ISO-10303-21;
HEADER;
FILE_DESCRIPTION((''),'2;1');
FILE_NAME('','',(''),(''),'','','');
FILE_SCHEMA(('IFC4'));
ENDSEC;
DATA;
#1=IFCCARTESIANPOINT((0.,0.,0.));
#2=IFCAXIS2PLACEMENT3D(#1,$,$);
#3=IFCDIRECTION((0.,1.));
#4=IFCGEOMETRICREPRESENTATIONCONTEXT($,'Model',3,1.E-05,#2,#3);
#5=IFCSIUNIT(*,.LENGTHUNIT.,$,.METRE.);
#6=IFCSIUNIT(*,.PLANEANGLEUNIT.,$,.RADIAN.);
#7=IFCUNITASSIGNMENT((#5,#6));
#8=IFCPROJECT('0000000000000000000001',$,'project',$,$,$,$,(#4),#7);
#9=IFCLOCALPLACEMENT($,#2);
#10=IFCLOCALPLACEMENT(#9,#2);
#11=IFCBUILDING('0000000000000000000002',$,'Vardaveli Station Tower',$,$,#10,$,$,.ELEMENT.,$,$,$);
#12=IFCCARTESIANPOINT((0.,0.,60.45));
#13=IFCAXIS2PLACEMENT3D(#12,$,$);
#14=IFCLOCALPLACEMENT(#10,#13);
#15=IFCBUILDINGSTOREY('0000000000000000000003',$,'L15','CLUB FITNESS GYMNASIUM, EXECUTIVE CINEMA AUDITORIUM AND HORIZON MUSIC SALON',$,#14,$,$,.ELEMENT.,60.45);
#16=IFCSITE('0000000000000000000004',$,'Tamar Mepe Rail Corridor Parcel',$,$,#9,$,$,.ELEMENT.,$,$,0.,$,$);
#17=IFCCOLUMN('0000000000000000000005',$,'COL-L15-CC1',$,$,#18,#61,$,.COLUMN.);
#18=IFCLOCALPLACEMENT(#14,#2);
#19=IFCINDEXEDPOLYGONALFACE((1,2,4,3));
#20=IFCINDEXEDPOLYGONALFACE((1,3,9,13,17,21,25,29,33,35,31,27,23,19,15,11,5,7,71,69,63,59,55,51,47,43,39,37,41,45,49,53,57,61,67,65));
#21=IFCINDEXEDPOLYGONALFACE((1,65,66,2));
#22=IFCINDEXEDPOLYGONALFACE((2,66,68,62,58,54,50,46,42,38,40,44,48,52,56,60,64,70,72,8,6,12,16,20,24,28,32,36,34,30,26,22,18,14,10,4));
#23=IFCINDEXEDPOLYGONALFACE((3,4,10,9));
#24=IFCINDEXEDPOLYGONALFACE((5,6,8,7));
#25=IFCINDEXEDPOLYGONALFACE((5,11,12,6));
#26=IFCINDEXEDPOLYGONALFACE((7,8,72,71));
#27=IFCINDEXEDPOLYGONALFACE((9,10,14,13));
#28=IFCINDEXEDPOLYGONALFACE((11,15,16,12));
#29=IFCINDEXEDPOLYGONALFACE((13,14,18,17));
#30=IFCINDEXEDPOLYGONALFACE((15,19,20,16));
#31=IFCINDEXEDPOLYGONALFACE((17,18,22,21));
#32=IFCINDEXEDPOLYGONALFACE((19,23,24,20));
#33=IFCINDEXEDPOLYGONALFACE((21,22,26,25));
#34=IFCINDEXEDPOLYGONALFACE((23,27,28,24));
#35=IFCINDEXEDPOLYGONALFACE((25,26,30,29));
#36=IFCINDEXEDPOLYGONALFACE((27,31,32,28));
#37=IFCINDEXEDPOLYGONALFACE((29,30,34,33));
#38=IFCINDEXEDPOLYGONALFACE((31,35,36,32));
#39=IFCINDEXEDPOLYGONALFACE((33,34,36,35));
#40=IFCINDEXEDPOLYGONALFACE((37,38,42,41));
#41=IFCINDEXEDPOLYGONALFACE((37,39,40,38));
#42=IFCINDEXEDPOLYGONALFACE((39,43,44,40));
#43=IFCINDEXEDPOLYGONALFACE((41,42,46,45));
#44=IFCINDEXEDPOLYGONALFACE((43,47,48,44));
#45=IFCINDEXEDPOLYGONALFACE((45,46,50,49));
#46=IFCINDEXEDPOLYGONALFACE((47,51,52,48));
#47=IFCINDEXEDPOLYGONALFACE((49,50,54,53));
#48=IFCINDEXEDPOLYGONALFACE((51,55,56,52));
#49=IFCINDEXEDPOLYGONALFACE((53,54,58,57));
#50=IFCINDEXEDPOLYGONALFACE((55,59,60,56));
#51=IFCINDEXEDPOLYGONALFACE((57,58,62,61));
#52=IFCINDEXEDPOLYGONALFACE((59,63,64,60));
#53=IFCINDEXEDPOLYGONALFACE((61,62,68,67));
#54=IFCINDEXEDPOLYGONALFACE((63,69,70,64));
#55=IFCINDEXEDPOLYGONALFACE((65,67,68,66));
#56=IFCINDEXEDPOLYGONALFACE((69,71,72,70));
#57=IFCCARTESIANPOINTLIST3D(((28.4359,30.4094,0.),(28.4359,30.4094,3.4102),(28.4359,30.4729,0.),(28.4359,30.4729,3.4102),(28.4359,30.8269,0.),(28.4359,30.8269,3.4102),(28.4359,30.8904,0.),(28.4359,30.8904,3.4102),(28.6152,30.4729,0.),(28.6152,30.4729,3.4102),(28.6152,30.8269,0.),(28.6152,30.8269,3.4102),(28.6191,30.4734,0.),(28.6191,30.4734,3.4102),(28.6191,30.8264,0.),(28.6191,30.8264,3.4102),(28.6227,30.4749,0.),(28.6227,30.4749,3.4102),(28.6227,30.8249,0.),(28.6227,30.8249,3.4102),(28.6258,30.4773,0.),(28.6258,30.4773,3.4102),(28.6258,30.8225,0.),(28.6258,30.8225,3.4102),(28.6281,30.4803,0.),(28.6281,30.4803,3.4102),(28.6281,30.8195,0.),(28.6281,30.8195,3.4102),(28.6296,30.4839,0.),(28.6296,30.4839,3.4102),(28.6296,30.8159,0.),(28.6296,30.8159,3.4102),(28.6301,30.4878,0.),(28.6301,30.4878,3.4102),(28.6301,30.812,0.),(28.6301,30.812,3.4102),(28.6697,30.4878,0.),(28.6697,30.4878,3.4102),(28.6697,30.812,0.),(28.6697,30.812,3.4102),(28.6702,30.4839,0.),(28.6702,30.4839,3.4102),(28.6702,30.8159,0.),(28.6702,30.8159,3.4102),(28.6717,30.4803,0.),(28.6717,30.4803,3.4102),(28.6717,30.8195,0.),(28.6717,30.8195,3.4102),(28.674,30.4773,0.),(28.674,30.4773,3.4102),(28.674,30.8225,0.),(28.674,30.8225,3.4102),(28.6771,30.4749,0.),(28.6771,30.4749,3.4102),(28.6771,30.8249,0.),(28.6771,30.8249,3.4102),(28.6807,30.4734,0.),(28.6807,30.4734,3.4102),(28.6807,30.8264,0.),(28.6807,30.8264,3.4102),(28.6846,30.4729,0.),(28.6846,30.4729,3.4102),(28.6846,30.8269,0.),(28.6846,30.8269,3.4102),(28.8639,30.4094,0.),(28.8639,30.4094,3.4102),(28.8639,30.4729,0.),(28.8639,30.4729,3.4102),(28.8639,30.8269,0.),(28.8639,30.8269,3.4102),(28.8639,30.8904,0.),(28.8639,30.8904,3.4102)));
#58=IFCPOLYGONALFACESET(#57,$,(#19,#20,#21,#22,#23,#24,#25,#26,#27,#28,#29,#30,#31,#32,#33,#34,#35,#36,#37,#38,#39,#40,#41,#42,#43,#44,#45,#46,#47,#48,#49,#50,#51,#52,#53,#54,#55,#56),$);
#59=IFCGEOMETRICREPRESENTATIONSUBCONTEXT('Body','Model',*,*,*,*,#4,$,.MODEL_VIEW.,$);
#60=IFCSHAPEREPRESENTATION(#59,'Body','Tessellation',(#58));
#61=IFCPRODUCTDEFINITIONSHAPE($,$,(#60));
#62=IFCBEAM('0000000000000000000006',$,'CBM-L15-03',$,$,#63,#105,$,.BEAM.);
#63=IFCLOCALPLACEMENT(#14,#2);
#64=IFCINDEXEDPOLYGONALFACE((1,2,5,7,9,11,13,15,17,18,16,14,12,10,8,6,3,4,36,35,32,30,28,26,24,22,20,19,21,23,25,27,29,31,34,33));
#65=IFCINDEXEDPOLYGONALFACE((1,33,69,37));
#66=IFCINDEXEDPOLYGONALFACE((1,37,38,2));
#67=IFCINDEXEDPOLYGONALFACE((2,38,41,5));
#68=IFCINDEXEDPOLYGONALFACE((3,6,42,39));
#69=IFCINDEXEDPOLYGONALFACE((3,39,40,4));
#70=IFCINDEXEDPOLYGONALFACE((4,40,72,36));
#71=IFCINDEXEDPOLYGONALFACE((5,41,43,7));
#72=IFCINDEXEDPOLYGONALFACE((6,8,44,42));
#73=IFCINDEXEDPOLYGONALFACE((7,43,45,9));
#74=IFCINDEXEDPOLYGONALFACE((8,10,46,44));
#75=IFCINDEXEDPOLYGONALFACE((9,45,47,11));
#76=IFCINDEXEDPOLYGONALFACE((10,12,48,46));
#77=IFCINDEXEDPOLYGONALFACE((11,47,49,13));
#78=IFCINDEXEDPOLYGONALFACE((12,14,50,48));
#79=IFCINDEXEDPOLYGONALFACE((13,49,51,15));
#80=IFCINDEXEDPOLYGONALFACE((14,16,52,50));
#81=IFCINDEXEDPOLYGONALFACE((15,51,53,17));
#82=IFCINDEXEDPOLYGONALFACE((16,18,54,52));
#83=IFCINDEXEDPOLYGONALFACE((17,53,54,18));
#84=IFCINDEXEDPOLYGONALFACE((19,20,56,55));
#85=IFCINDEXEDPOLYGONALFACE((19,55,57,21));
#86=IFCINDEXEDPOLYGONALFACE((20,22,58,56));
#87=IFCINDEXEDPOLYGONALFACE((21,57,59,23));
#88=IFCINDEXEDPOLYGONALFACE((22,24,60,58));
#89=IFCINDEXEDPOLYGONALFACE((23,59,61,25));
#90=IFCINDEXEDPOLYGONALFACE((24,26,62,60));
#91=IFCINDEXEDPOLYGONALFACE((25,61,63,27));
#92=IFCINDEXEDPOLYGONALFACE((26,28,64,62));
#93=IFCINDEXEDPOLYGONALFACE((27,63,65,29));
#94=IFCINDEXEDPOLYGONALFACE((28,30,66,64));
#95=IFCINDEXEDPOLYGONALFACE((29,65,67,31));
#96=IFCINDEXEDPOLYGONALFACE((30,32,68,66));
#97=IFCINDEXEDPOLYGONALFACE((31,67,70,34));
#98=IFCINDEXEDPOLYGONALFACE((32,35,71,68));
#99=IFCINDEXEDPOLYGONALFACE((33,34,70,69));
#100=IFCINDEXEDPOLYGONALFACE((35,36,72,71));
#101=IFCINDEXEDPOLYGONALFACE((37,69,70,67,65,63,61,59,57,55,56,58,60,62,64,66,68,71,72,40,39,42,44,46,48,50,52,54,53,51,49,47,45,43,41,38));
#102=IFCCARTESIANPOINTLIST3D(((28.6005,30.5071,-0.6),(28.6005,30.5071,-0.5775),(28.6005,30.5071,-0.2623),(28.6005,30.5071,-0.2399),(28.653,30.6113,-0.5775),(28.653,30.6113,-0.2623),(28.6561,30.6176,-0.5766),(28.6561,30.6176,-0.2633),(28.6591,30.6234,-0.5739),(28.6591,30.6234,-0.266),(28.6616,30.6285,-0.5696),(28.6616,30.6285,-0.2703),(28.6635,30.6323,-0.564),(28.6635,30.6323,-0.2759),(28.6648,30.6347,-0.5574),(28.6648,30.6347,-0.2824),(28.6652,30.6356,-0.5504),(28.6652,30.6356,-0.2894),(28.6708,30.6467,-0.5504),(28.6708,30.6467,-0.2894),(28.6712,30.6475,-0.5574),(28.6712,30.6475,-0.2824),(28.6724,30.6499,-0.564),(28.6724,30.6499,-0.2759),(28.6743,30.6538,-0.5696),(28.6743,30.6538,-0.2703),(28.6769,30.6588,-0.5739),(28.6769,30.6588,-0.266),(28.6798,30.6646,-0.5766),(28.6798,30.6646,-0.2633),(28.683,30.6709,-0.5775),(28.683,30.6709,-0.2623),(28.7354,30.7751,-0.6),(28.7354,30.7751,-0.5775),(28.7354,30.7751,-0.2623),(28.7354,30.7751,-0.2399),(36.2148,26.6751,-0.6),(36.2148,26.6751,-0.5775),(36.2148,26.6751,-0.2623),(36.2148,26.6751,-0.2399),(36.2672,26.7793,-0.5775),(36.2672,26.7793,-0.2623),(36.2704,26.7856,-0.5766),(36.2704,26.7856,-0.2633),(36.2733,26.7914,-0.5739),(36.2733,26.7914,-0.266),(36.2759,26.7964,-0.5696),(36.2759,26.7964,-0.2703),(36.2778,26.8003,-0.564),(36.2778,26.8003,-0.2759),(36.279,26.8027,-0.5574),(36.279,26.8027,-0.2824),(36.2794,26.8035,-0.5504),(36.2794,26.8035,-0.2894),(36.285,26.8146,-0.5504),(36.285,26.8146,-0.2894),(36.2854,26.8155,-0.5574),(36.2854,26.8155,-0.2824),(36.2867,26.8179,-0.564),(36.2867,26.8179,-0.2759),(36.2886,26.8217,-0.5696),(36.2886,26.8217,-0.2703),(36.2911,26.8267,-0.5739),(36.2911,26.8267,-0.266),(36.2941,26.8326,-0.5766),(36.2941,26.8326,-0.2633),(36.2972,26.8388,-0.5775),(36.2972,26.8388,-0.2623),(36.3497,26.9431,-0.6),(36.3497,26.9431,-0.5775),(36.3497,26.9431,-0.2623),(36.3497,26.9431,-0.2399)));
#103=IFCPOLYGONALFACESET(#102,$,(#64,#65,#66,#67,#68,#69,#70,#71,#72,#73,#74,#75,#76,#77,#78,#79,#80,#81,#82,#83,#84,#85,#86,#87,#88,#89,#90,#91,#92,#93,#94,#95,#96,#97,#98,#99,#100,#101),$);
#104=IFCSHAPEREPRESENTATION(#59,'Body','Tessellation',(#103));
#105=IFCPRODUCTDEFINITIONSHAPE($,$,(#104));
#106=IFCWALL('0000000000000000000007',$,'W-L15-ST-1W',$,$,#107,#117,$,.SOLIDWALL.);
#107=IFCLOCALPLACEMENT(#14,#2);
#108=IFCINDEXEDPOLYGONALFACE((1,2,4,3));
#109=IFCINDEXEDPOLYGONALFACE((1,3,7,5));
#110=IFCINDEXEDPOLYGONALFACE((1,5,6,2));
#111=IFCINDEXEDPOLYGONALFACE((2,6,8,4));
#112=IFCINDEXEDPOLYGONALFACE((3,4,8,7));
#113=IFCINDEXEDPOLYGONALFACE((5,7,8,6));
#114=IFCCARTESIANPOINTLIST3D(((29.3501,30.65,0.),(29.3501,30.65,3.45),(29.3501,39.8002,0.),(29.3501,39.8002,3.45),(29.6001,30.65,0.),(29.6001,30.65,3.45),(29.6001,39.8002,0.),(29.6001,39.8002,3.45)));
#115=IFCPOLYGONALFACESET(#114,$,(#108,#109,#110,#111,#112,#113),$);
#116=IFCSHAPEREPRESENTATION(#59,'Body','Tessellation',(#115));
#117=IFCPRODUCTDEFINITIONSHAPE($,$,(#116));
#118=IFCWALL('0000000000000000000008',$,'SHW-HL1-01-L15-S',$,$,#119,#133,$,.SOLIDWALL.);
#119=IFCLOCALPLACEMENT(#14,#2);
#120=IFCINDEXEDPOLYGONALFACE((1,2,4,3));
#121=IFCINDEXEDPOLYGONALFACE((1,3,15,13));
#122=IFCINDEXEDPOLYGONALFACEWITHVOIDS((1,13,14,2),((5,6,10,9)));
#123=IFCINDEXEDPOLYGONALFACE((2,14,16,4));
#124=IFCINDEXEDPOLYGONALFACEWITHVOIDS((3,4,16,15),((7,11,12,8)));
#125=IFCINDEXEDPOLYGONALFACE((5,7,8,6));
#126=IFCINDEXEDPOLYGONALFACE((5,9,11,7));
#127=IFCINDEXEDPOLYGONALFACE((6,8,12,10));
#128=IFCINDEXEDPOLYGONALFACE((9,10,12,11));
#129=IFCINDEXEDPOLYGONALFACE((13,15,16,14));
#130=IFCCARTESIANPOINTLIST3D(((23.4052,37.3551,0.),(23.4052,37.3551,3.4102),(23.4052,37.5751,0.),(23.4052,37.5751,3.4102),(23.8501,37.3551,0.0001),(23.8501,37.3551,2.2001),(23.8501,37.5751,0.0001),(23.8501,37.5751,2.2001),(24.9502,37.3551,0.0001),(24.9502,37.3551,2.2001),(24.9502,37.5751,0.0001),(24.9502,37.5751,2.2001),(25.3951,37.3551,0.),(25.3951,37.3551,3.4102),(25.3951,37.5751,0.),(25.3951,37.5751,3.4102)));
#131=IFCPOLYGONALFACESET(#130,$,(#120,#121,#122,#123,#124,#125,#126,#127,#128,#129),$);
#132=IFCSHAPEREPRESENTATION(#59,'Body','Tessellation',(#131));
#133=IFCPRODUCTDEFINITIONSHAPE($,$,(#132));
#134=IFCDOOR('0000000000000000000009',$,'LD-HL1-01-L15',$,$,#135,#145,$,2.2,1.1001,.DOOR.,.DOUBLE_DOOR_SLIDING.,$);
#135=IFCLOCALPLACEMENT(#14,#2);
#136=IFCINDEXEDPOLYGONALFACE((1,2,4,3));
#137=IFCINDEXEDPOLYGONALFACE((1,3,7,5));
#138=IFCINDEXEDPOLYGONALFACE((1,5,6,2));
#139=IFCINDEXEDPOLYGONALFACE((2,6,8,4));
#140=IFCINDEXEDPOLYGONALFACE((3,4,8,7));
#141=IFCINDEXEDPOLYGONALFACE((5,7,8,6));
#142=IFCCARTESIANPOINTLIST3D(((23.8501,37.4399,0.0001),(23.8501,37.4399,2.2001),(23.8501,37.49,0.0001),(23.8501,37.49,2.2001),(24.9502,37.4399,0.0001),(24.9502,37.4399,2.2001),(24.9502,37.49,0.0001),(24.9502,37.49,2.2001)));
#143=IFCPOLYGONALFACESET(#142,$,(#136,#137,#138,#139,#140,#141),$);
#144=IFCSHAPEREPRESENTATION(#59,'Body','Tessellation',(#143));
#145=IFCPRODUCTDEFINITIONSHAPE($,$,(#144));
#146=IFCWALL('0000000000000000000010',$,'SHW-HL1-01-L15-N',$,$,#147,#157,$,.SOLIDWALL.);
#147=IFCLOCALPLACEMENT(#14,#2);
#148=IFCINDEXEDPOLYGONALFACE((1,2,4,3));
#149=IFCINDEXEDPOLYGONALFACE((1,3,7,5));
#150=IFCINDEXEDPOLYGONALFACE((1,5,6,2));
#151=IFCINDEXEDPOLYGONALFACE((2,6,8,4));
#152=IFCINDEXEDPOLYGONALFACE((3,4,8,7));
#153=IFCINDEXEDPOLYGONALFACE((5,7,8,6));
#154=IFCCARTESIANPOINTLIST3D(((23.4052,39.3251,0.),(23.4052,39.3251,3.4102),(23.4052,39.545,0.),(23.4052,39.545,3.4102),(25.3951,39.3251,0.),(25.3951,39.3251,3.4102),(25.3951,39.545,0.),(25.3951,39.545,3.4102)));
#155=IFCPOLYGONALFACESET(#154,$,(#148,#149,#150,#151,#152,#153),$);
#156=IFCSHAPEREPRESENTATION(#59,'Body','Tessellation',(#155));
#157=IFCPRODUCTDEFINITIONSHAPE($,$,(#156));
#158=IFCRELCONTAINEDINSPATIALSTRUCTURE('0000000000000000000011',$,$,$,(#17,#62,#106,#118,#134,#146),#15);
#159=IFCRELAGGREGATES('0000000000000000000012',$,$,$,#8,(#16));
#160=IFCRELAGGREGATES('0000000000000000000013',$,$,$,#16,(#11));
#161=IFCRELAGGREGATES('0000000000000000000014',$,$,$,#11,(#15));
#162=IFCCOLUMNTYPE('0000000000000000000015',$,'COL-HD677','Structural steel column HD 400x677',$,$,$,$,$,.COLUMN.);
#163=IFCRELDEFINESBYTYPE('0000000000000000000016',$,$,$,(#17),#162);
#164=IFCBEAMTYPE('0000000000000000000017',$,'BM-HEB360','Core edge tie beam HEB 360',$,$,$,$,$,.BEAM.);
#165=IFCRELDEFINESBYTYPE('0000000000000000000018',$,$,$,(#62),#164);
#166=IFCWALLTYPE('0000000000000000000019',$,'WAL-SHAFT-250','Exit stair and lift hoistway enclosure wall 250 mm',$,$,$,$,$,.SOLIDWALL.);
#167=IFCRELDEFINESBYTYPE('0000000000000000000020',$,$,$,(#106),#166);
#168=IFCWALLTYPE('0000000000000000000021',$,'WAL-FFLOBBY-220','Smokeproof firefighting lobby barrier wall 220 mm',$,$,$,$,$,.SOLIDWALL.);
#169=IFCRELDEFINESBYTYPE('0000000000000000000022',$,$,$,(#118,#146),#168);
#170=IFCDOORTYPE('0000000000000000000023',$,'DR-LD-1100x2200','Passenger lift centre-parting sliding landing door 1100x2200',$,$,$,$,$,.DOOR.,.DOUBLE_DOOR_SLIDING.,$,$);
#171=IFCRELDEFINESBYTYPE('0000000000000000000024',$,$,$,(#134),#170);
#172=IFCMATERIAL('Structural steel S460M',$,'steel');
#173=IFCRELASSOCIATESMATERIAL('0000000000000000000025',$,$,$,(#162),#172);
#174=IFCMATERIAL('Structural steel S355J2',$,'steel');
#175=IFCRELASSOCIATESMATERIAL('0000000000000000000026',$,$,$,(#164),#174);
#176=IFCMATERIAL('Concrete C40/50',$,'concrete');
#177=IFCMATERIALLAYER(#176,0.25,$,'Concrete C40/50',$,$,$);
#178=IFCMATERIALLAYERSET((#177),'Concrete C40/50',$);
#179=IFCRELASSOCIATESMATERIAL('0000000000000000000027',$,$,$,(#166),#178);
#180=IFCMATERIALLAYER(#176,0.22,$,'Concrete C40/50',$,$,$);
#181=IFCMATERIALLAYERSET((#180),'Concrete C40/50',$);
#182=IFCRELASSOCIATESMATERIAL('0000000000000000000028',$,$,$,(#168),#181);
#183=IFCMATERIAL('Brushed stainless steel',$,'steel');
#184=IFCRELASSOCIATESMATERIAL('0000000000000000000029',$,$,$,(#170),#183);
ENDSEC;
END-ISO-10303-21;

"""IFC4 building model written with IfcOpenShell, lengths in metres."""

from ifc_helpers import new_model, si_unit, direction, frame, frame_2d, origin, origin_2d, place, context, subcontext, project, spatial, rectangle, i_section, extrude, source, transform, mapped, material, layer, layer_set, material_profile, profile_set, type_object, element, fill, save


model = new_model("IFC4")

# Units and contexts
model_context = context("Model", 3, precision=1e-05, world=origin(), true_north=direction((0.0, 1.0)))
body_context = subcontext(model_context, "Body", "Model", "MODEL_VIEW")
ifc_project = project(units=[si_unit("LENGTHUNIT", "METRE"), si_unit("PLANEANGLEUNIT", "RADIAN")], contexts=[model_context])

# Site, building, storey
site_placement = place(None, origin())
site = spatial("IfcSite", under=ifc_project, at=site_placement, Name="Tamar Mepe Rail Corridor Parcel", CompositionType="ELEMENT", RefElevation=0.0)
building_placement = place(site_placement, origin())
building = spatial("IfcBuilding", under=site, at=building_placement, Name="Vardaveli Station Tower", CompositionType="ELEMENT")
storey_placement = place(building_placement, frame((0.0, 0.0, 60.45)))
storey = spatial("IfcBuildingStorey", under=building, at=storey_placement, Name="L15", Description="CLUB FITNESS GYMNASIUM, EXECUTIVE CINEMA AUDITORIUM AND HORIZON MUSIC SALON", CompositionType="ELEMENT", Elevation=60.45)

# Column
ifc_material_1 = material(Name="Structural steel S460M", Category="steel")
ifc_material_profile_1 = material_profile(ifc_material_1, i_section(OverallWidth=0.428, OverallDepth=0.481, WebThickness=0.0396, FlangeThickness=0.0635, FilletRadius=0.0149, at=origin_2d()), Name="HD 400x677")
ifc_profile_set_1 = profile_set([ifc_material_profile_1], Name="Structural steel S460M")
column_type = type_object("IfcColumnType", Name="COL-HD677", Description="Structural steel column HD 400x677", PredefinedType="COLUMN", material=ifc_profile_set_1)
shared_shape_1 = source(origin(), body_context, "Body", "SweptSolid", [
    extrude(i_section(OverallWidth=0.428, OverallDepth=0.481, WebThickness=0.0396, FlangeThickness=0.0635, FilletRadius=0.0149, at=origin_2d()), origin(), (0.0, 0.0, 1.0), 3.4102),
])
column_placement = place(storey_placement, frame((28.6499, 30.6499, 0.0), z_axis=(0.0, 0.0, 1.0), x_axis=(1.0, 0.0, 0.0)))
element("IfcColumn", 1, at=column_placement, inside=storey, type_object=column_type, Name="COL-L15-CC1", PredefinedType="COLUMN", context=body_context, shape_type="MappedRepresentation", body=[
    mapped(shared_shape_1, transform((0.0, 0.0, 0.0), scale=1.0)),
])

# Beam
ifc_material_2 = material(Name="Structural steel S355J2", Category="steel")
ifc_material_profile_2 = material_profile(ifc_material_2, i_section(OverallWidth=0.3, OverallDepth=0.3601, WebThickness=0.0125, FlangeThickness=0.0225, FilletRadius=0.0271, at=origin_2d()), Name="HEB 360")
ifc_profile_set_2 = profile_set([ifc_material_profile_2], Name="Structural steel S355J2")
beam_type = type_object("IfcBeamType", Name="BM-HEB360", Description="Core edge tie beam HEB 360", PredefinedType="BEAM", material=ifc_profile_set_2)
shared_shape_2 = source(origin(), body_context, "Body", "SweptSolid", [
    extrude(i_section(OverallWidth=0.3, OverallDepth=0.3601, WebThickness=0.0125, FlangeThickness=0.0225, FilletRadius=0.0271, at=origin_2d()), origin(), (0.0, 0.0, 1.0), 8.5242),
])
beam_placement = place(storey_placement, frame((28.668, 30.6411, -0.4199), z_axis=(0.893256, -0.449549, 0.0), x_axis=(0.449549, 0.893256, 0.0)))
element("IfcBeam", 2, at=beam_placement, inside=storey, type_object=beam_type, Name="CBM-L15-03", PredefinedType="BEAM", context=body_context, shape_type="MappedRepresentation", body=[
    mapped(shared_shape_2, transform((0.0, 0.0, 0.0), scale=1.0)),
])

# Wall
ifc_material_3 = material(Name="Concrete C40/50", Category="concrete")
ifc_layer_1 = layer(ifc_material_3, 0.25, Name="Concrete C40/50")
ifc_layer_set_1 = layer_set([ifc_layer_1], Name="Concrete C40/50")
wall_type_1 = type_object("IfcWallType", Name="WAL-SHAFT-250", Description="Exit stair and lift hoistway enclosure wall 250 mm", PredefinedType="SOLIDWALL", material=ifc_layer_set_1)
shared_shape_3 = source(origin(), body_context, "Body", "SweptSolid", [
    extrude(rectangle(XDim=9.1501, YDim=0.25, at=frame_2d((4.5752, 0.0))), origin(), (0.0, 0.0, 1.0), 3.45),
])
wall_1_placement = place(storey_placement, frame((29.4751, 30.6499, 0.0), z_axis=(0.0, 0.0, 1.0), x_axis=(0.0, 1.0, 0.0)))
element("IfcWall", 3, at=wall_1_placement, inside=storey, type_object=wall_type_1, Name="W-L15-ST-1W", PredefinedType="SOLIDWALL", context=body_context, shape_type="MappedRepresentation", body=[
    mapped(shared_shape_3, transform((0.0, 0.0, 0.0), scale=1.0)),
])

# Wall, opening, door
ifc_layer_2 = layer(ifc_material_3, 0.22, Name="Concrete C40/50")
ifc_layer_set_2 = layer_set([ifc_layer_2], Name="Concrete C40/50")
wall_type_2 = type_object("IfcWallType", Name="WAL-FFLOBBY-220", Description="Smokeproof firefighting lobby barrier wall 220 mm", PredefinedType="SOLIDWALL", material=ifc_layer_set_2)
shared_shape_4 = source(origin(), body_context, "Body", "SweptSolid", [
    extrude(rectangle(XDim=1.99, YDim=0.22, at=frame_2d((0.9951, 0.0))), origin(), (0.0, 0.0, 1.0), 3.4102),
])
wall_2_placement = place(storey_placement, frame((23.405, 37.4651, 0.0), z_axis=(0.0, 0.0, 1.0), x_axis=(1.0, 0.0, 0.0)))
wall_2 = element("IfcWall", 4, at=wall_2_placement, inside=storey, type_object=wall_type_2, Name="SHW-HL1-01-L15-S", PredefinedType="SOLIDWALL", context=body_context, shape_type="MappedRepresentation", body=[
    mapped(shared_shape_4, transform((0.0, 0.0, 0.0), scale=1.0)),
])
shared_shape_5 = source(origin(), body_context, "Body", "SweptSolid", [
    extrude(rectangle(XDim=1.1001, YDim=2.2, at=frame_2d((0.55, 1.1001))), frame((0.0, 0.1201, 0.0), z_axis=(0.0, -1.0, 0.0), x_axis=(1.0, 0.0, 0.0)), (0.0, 0.0, 1.0), 0.24),
])
opening_1_placement = place(wall_2_placement, frame((0.4451, 0.0, 0.0)))
opening_1 = element("IfcOpeningElement", 5, at=opening_1_placement, cuts=wall_2, PredefinedType="OPENING", context=body_context, shape_type="MappedRepresentation", body=[
    mapped(shared_shape_5, transform((0.0, 0.0, 0.0), scale=1.0)),
])
ifc_material_4 = material(Name="Brushed stainless steel", Category="steel")
door_type = type_object("IfcDoorType", Name="DR-LD-1100x2200", Description="Passenger lift centre-parting sliding landing door 1100x2200", OperationType="DOUBLE_DOOR_SLIDING", PredefinedType="DOOR", material=ifc_material_4)
shared_shape_6 = source(origin(), body_context, "Body", "SweptSolid", [
    extrude(rectangle(XDim=1.1001, YDim=2.2, at=frame_2d((0.55, 1.1001))), frame((0.0, 0.0249, 0.0), z_axis=(0.0, -1.0, 0.0), x_axis=(1.0, 0.0, 0.0)), (0.0, 0.0, 1.0), 0.05),
])
door_1_placement = place(opening_1_placement, origin())
door_1 = element("IfcDoor", 6, at=door_1_placement, inside=storey, type_object=door_type, Name="LD-HL1-01-L15", OperationType="DOUBLE_DOOR_SLIDING", OverallHeight=2.2, OverallWidth=1.1001, PredefinedType="DOOR", context=body_context, shape_type="MappedRepresentation", body=[
    mapped(shared_shape_6, transform((0.0, 0.0, 0.0), scale=1.0)),
])
fill(opening_1, door_1)

# Wall
wall_3_placement = place(storey_placement, frame((23.405, 39.4351, 0.0), z_axis=(0.0, 0.0, 1.0), x_axis=(1.0, 0.0, 0.0)))
element("IfcWall", 7, at=wall_3_placement, inside=storey, type_object=wall_type_2, Name="SHW-HL1-01-L15-N", PredefinedType="SOLIDWALL", context=body_context, shape_type="MappedRepresentation", body=[
    mapped(shared_shape_4, transform((0.0, 0.0, 0.0), scale=1.0)),
])

save(model, "model.ifc")
